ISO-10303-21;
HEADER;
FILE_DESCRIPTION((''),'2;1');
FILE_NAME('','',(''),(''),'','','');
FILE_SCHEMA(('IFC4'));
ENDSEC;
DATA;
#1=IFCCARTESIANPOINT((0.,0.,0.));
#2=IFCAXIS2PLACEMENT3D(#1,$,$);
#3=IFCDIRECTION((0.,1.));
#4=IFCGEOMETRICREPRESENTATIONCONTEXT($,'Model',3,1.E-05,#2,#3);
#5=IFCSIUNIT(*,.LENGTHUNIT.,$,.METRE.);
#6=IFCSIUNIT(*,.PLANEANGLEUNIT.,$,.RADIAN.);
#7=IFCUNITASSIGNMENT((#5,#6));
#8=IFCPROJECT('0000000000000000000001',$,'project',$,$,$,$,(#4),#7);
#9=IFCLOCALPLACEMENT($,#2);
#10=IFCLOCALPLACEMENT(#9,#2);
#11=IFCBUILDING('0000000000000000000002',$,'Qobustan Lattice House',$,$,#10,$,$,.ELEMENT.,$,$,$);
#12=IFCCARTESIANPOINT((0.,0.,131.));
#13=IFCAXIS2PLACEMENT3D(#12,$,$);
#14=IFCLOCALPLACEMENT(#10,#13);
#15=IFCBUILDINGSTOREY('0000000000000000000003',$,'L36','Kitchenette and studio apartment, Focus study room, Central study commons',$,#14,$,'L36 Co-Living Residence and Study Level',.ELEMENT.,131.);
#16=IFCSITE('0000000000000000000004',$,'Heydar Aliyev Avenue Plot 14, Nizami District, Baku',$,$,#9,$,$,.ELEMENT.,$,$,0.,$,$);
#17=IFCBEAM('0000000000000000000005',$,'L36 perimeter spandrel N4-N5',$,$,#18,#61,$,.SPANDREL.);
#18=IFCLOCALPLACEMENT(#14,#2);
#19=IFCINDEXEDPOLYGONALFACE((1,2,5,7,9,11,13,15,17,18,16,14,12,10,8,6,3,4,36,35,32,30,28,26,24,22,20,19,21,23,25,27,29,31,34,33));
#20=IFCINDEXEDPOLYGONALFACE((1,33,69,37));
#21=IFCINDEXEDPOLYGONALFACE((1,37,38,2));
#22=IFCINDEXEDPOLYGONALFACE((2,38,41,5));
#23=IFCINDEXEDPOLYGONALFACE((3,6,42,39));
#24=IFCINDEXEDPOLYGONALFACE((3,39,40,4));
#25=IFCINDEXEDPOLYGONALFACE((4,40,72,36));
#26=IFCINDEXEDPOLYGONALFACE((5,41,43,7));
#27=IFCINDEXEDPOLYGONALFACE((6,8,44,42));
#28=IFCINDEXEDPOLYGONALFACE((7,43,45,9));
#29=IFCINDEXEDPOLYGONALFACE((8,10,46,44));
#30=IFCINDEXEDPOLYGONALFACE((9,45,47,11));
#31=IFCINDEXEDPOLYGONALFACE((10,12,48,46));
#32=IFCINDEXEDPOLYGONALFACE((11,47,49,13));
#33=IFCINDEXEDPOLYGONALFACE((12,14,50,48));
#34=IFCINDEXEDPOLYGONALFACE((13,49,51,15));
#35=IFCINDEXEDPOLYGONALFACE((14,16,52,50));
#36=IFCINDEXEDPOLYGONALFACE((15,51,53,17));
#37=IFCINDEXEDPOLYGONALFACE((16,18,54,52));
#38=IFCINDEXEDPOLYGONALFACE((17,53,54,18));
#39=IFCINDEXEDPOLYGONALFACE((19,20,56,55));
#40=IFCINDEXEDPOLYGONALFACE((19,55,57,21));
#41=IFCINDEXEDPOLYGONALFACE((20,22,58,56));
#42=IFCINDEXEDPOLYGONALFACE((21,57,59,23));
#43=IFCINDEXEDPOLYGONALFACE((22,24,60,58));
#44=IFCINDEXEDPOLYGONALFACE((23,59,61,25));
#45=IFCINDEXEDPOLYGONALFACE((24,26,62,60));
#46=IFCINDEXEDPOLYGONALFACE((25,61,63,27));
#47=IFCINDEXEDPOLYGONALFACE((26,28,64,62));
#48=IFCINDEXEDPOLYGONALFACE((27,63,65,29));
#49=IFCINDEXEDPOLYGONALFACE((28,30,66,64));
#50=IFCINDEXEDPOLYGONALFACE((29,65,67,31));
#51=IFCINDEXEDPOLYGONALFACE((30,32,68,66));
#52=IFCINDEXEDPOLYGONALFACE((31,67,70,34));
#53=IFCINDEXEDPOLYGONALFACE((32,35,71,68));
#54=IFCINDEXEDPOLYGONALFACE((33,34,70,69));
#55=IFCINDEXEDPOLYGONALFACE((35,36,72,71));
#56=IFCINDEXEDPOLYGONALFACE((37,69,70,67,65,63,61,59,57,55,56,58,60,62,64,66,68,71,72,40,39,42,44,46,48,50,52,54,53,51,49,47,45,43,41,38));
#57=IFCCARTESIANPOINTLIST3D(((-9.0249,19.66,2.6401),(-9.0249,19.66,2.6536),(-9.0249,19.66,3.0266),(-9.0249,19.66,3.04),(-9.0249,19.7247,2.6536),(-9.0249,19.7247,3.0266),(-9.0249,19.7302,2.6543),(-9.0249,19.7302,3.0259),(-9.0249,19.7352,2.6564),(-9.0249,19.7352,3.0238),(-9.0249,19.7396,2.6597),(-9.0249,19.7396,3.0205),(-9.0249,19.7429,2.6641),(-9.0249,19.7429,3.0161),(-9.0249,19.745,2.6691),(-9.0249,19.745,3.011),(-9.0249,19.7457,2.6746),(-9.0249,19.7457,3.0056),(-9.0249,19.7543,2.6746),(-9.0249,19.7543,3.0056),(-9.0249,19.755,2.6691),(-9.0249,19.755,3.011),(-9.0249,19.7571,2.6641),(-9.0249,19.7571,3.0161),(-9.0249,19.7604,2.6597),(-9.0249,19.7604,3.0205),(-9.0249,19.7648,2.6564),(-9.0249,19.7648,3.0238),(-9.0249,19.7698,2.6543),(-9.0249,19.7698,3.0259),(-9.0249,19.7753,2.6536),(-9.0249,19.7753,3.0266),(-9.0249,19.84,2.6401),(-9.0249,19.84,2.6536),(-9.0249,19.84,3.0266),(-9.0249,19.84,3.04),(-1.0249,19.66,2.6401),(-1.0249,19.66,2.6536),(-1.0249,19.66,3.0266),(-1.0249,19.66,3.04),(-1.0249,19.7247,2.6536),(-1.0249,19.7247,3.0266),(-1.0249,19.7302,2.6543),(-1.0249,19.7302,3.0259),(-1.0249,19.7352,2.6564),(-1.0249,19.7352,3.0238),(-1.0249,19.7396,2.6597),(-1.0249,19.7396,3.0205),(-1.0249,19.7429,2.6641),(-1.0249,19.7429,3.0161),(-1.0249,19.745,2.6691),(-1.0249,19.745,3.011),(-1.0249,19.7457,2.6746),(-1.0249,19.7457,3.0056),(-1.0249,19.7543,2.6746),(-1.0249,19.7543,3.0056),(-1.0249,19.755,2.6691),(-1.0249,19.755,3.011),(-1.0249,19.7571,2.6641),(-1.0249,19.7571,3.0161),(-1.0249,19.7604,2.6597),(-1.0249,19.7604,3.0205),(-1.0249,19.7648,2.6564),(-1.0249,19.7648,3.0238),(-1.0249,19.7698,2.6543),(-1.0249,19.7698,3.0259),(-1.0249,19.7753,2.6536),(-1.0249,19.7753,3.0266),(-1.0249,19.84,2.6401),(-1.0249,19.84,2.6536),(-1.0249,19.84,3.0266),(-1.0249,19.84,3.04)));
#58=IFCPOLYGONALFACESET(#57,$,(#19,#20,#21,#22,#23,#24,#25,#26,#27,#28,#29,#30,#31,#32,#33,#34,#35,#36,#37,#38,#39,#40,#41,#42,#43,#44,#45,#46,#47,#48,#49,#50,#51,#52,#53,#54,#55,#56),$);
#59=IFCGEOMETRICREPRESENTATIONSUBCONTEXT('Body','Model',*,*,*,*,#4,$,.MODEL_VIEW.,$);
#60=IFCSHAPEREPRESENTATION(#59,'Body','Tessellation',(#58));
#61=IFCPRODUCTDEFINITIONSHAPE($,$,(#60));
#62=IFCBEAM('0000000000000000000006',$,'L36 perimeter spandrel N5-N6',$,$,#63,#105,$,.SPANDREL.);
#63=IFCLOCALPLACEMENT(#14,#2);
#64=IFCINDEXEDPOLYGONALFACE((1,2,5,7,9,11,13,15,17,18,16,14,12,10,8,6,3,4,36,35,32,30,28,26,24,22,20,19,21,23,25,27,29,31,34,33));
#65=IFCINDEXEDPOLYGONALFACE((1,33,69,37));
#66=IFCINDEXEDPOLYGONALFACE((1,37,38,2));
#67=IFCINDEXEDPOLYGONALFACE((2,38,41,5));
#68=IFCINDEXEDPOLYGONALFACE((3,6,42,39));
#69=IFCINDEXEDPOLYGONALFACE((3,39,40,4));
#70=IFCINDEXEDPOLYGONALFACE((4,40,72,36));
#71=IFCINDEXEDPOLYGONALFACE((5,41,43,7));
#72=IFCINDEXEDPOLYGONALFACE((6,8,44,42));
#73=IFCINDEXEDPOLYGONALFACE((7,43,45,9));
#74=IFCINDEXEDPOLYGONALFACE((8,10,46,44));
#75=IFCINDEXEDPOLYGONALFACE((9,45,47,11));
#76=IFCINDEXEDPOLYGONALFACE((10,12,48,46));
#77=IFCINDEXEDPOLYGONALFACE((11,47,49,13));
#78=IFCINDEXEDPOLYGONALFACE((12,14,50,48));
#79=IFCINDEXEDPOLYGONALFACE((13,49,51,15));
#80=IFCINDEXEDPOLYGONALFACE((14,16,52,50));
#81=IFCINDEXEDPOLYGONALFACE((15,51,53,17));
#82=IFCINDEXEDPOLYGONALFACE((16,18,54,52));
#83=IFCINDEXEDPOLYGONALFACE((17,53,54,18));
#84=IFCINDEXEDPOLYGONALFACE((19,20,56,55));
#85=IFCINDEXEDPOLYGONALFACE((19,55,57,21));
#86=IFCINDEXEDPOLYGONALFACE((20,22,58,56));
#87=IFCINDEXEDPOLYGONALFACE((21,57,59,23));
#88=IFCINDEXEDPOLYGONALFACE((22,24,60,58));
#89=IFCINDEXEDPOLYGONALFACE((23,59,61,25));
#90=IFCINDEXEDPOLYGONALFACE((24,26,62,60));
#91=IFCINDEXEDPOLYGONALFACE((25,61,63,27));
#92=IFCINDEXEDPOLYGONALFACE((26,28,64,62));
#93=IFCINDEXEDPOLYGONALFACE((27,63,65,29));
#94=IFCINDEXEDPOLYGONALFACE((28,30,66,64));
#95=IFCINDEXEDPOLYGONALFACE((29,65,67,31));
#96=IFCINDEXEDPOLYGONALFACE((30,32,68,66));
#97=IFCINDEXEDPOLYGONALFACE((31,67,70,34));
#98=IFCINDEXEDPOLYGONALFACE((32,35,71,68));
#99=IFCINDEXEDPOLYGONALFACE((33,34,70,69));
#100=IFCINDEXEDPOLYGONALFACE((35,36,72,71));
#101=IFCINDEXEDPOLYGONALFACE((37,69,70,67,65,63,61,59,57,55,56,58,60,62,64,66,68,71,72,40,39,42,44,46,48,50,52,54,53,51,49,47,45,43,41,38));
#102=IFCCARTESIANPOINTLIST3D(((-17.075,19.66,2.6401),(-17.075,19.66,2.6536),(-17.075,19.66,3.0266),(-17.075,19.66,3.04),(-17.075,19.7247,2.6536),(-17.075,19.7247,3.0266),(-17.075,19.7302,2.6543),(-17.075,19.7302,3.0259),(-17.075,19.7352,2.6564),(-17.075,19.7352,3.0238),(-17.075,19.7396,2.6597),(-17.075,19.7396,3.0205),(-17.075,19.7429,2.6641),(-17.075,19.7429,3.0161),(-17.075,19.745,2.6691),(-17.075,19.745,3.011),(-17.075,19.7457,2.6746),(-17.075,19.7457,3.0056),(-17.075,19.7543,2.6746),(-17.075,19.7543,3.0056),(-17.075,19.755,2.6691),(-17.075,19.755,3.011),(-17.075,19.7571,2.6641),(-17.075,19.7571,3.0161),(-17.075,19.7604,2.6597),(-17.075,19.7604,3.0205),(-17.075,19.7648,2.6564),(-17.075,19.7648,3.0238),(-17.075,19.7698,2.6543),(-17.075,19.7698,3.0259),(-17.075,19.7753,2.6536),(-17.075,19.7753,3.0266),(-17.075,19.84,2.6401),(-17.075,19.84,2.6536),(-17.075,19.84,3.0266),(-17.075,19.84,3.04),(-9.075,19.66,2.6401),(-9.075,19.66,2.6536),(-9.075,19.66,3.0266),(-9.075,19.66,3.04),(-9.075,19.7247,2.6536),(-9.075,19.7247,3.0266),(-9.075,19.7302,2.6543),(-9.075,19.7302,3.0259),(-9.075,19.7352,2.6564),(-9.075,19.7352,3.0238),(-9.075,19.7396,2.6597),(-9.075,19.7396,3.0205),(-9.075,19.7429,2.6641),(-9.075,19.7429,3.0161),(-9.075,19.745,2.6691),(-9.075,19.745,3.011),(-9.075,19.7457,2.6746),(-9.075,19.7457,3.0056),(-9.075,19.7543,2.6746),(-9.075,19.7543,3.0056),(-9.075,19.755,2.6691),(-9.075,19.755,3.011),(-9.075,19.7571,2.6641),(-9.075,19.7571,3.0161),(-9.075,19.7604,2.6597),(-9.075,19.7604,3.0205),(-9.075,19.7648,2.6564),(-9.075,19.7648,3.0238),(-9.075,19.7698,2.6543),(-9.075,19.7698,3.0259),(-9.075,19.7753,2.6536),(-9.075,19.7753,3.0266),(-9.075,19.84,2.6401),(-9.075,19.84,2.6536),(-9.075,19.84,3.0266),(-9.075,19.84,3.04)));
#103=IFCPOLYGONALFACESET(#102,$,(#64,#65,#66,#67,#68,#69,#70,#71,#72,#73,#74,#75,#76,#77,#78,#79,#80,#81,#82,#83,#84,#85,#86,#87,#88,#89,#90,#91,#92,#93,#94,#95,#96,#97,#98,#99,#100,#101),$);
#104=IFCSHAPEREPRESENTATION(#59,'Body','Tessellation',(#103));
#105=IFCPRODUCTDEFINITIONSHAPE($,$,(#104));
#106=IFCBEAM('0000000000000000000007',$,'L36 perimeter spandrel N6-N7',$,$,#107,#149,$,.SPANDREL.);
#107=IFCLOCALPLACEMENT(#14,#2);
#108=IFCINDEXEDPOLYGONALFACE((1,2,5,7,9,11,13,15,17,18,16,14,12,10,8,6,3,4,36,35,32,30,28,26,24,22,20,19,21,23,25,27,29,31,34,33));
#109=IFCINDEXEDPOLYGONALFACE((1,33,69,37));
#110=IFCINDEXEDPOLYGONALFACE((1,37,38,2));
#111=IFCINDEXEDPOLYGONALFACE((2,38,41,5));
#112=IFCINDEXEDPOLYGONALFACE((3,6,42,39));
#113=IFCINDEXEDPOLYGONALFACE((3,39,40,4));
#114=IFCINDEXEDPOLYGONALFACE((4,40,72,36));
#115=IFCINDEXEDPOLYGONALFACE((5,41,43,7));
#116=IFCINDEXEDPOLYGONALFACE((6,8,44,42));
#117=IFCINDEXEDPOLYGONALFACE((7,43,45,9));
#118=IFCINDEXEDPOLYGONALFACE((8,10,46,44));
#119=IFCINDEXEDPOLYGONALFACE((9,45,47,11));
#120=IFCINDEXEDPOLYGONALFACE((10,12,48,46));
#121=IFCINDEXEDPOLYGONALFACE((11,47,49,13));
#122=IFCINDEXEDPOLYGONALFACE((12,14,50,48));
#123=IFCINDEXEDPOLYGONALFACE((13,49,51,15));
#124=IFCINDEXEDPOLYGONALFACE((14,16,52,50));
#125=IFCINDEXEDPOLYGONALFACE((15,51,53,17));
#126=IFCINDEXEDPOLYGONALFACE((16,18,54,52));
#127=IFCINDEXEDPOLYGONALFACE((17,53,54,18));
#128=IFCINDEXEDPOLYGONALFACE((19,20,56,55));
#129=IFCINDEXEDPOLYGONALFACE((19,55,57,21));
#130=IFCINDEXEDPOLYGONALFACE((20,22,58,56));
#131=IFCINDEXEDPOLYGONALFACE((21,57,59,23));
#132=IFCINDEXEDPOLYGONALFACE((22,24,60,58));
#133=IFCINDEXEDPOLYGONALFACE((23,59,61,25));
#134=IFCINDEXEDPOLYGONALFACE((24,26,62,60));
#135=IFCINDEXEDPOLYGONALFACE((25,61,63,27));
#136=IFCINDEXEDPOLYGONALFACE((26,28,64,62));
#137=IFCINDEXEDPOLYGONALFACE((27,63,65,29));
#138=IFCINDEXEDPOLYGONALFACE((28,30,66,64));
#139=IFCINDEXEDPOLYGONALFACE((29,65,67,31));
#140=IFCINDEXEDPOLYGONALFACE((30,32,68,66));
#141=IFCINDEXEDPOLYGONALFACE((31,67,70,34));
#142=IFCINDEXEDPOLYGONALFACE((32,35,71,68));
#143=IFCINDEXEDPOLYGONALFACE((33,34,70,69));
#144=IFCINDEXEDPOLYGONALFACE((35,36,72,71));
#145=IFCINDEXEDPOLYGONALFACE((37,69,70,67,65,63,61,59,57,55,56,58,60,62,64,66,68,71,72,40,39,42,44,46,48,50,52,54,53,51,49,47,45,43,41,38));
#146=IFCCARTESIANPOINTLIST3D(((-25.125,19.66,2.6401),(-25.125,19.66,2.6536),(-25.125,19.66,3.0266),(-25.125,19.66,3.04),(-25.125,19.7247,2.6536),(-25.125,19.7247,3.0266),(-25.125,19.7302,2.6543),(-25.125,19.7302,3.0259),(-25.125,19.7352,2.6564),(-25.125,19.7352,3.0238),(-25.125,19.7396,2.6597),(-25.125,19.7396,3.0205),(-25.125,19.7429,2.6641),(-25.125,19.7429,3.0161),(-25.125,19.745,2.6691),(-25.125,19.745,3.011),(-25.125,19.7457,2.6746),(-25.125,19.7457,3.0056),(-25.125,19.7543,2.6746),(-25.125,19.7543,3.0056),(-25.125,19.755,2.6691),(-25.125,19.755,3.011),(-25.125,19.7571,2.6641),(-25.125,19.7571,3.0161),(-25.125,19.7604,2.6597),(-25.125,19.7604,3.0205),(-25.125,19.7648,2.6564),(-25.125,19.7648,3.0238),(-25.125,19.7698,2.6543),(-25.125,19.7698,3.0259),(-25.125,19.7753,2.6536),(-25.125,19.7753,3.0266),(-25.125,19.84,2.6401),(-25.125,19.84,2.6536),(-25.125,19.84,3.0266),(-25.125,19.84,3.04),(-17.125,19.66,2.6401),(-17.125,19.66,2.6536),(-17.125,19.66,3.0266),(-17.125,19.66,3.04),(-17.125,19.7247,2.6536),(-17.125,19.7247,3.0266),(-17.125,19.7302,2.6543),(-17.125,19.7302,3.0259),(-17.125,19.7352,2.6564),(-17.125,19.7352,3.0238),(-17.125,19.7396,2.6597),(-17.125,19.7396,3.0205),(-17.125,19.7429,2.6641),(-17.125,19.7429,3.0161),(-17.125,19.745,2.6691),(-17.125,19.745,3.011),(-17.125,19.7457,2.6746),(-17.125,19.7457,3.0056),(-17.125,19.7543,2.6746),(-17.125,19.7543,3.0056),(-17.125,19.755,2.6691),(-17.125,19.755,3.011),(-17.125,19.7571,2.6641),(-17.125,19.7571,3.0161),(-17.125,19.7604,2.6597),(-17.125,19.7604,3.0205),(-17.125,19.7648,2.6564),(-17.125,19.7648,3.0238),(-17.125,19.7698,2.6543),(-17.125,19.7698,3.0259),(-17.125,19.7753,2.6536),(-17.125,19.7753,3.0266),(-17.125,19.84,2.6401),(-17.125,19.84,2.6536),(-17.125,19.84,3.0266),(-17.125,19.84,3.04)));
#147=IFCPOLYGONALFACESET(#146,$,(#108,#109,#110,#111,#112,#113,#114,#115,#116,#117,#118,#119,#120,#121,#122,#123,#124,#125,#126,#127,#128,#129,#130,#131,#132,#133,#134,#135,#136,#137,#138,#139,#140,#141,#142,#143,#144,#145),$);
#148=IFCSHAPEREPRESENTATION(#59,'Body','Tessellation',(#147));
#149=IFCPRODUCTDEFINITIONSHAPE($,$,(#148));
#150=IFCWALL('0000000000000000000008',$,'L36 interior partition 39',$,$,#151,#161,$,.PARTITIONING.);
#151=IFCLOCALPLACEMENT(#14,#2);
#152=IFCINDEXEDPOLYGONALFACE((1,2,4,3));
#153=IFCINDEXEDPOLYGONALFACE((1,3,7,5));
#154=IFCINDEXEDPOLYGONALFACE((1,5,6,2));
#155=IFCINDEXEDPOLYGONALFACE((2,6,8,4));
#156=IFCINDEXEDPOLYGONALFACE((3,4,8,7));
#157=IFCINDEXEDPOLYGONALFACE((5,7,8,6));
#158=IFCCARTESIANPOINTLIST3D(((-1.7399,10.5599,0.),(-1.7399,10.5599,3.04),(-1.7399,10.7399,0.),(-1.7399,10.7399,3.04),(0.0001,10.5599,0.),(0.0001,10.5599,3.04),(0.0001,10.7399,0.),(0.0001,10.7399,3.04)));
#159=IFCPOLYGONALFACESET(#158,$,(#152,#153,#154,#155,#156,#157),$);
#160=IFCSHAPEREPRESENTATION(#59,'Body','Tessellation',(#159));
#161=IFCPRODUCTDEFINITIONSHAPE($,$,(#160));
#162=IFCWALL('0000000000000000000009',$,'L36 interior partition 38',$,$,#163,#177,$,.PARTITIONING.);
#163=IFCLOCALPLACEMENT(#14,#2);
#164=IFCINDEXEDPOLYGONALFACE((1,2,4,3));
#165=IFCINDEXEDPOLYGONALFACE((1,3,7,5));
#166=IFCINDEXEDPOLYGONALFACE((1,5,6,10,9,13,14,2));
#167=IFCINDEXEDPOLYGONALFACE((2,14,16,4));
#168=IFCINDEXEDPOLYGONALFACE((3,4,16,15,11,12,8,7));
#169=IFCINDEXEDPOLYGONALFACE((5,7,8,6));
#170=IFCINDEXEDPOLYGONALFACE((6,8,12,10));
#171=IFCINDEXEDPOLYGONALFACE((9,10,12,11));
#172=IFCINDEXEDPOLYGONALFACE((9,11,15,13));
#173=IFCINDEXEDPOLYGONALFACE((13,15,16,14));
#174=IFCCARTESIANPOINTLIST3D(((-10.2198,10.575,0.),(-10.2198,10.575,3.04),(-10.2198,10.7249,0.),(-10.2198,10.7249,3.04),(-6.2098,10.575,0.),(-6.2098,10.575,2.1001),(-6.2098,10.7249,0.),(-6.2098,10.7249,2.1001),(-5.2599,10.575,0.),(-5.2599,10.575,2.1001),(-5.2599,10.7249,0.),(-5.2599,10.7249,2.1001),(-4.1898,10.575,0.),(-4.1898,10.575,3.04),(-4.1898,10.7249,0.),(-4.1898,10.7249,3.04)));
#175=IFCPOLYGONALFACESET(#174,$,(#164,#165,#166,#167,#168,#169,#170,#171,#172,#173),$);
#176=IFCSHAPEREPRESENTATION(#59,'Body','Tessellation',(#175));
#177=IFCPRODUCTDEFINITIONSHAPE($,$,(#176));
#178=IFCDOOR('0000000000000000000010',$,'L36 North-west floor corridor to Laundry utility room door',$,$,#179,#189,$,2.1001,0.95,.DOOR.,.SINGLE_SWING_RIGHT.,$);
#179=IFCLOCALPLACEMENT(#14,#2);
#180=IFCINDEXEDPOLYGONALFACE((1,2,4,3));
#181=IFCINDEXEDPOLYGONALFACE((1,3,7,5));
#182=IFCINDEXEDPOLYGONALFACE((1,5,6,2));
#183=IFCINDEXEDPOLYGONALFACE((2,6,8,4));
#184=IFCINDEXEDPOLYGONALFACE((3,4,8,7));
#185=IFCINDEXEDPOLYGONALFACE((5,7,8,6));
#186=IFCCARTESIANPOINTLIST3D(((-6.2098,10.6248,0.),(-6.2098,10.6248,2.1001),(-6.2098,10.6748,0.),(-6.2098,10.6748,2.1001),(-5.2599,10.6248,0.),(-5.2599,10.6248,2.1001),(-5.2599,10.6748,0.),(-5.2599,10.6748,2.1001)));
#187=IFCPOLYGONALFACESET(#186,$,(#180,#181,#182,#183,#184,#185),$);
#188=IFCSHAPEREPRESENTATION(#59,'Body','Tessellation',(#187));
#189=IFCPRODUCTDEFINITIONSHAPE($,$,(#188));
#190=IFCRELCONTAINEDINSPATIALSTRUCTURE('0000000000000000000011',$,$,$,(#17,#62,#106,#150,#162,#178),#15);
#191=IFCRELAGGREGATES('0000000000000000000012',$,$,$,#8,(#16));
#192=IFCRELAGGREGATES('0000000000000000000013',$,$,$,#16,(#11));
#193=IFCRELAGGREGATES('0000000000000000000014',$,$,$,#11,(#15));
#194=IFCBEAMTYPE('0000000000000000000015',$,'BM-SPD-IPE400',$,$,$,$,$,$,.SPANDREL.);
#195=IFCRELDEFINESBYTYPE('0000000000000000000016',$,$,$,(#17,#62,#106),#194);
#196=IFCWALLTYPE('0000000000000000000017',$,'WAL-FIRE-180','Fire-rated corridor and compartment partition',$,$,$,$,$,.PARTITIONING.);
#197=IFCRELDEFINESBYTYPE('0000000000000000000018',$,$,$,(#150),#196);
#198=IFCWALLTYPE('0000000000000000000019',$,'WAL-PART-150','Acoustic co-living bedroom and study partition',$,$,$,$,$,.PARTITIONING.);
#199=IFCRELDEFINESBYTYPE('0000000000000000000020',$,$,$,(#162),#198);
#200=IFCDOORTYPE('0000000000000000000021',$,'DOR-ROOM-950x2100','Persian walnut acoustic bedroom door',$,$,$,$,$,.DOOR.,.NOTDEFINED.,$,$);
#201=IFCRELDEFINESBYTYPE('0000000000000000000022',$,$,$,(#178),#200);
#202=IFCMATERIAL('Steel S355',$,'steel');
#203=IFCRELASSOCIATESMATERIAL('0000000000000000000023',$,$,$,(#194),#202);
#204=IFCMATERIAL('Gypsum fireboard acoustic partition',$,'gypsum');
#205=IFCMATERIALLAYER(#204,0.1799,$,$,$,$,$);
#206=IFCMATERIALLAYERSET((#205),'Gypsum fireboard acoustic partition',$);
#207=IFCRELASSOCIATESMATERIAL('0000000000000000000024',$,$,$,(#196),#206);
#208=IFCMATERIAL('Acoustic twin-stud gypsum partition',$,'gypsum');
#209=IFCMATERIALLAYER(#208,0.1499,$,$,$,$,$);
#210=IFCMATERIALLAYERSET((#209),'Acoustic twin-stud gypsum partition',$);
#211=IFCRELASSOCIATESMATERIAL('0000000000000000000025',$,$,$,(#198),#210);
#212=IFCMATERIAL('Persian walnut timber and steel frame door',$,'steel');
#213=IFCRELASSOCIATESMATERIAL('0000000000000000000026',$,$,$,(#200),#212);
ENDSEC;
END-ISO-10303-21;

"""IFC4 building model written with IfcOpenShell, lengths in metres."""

from ifc_helpers import new_model, si_unit, direction, frame, frame_2d, origin, origin_2d, place, context, subcontext, project, spatial, rectangle, i_section, extrude, material, layer, layer_set, material_profile, profile_set, type_object, element, fill, save


model = new_model("IFC4")

# Units and contexts
model_context = context("Model", 3, precision=1e-05, world=origin(), true_north=direction((0.0, 1.0)))
body_context = subcontext(model_context, "Body", "Model", "MODEL_VIEW")
ifc_project = project(units=[si_unit("LENGTHUNIT", "METRE"), si_unit("PLANEANGLEUNIT", "RADIAN")], contexts=[model_context])

# Site, building, storey
site_placement = place(None, origin())
site = spatial("IfcSite", under=ifc_project, at=site_placement, Name="Heydar Aliyev Avenue Plot 14, Nizami District, Baku", CompositionType="ELEMENT", RefElevation=0.0)
building_placement = place(site_placement, origin())
building = spatial("IfcBuilding", under=site, at=building_placement, Name="Qobustan Lattice House", CompositionType="ELEMENT")
storey_placement = place(building_placement, frame((0.0, 0.0, 131.0)))
storey = spatial("IfcBuildingStorey", under=building, at=storey_placement, Name="L36", Description="Kitchenette and studio apartment, Focus study room, Central study commons", LongName="L36 Co-Living Residence and Study Level", CompositionType="ELEMENT", Elevation=131.0)

# Beams
ifc_material_1 = material(Name="Steel S355", Category="steel")
ifc_material_profile_1 = material_profile(ifc_material_1, i_section(OverallWidth=0.1799, OverallDepth=0.3999, WebThickness=0.0085, FlangeThickness=0.0134, FilletRadius=0.021, at=origin_2d()), Name="IPE400")
ifc_profile_set_1 = profile_set([ifc_material_profile_1], Name="Steel S355")
beam_type_1 = type_object("IfcBeamType", Name="BM-SPD-IPE400", PredefinedType="SPANDREL", material=ifc_profile_set_1)
for number, where, z_axis, x_axis, name in (
    (1, (-1.0249, 19.75, 2.8401), (-1.0, 0.0, 0.0), (0.0, -1.0, 0.0), "L36 perimeter spandrel N4-N5"),
    (2, (-9.075, 19.75, 2.8401), (-1.0, 0.0, 0.0), (0.0, -1.0, 0.0), "L36 perimeter spandrel N5-N6"),
    (3, (-17.125, 19.75, 2.8401), (-1.0, 0.0, 0.0), (0.0, -1.0, 0.0), "L36 perimeter spandrel N6-N7"),
):
    element("IfcBeam", number, at=place(storey_placement, frame(where, z_axis=z_axis, x_axis=x_axis)), inside=storey, type_object=beam_type_1, Name=name, PredefinedType="SPANDREL", context=body_context, shape_type="SweptSolid", body=[
        extrude(i_section(OverallWidth=0.1799, OverallDepth=0.3999, WebThickness=0.0085, FlangeThickness=0.0134, FilletRadius=0.021, at=origin_2d()), origin(), (0.0, 0.0, 1.0), 8.0),
    ])

# Wall
ifc_material_2 = material(Name="Gypsum fireboard acoustic partition", Category="gypsum")
ifc_layer_1 = layer(ifc_material_2, 0.1799)
ifc_layer_set_1 = layer_set([ifc_layer_1], Name="Gypsum fireboard acoustic partition")
wall_type_1 = type_object("IfcWallType", Name="WAL-FIRE-180", Description="Fire-rated corridor and compartment partition", PredefinedType="PARTITIONING", material=ifc_layer_set_1)
wall_1_placement = place(storey_placement, frame((-1.74, 10.6499, 0.0), z_axis=(0.0, 0.0, 1.0), x_axis=(1.0, 0.0, 0.0)))
element("IfcWall", 4, at=wall_1_placement, inside=storey, type_object=wall_type_1, Name="L36 interior partition 39", PredefinedType="PARTITIONING", context=body_context, shape_type="SweptSolid", body=[
    extrude(rectangle(XDim=1.74, YDim=0.1799, at=frame_2d((0.8701, 0.0))), origin(), (0.0, 0.0, 1.0), 3.04),
])

# Wall, opening, door
ifc_material_3 = material(Name="Acoustic twin-stud gypsum partition", Category="gypsum")
ifc_layer_2 = layer(ifc_material_3, 0.1499)
ifc_layer_set_2 = layer_set([ifc_layer_2], Name="Acoustic twin-stud gypsum partition")
wall_type_2 = type_object("IfcWallType", Name="WAL-PART-150", Description="Acoustic co-living bedroom and study partition", PredefinedType="PARTITIONING", material=ifc_layer_set_2)
wall_2_placement = place(storey_placement, frame((-10.22, 10.6499, 0.0), z_axis=(0.0, 0.0, 1.0), x_axis=(1.0, 0.0, 0.0)))
wall_2 = element("IfcWall", 5, at=wall_2_placement, inside=storey, type_object=wall_type_2, Name="L36 interior partition 38", PredefinedType="PARTITIONING", context=body_context, shape_type="SweptSolid", body=[
    extrude(rectangle(XDim=6.03, YDim=0.1499, at=frame_2d((3.0151, 0.0))), origin(), (0.0, 0.0, 1.0), 3.04),
])
opening_1_placement = place(wall_2_placement, frame((4.01, 0.0, 0.0)))
opening_1 = element("IfcOpeningElement", 6, at=opening_1_placement, cuts=wall_2, PredefinedType="OPENING", context=body_context, shape_type="SweptSolid", body=[
    extrude(rectangle(XDim=0.95, YDim=2.1001, at=frame_2d((0.4751, 1.05))), frame((0.0, 0.085, 0.0), z_axis=(0.0, -1.0, 0.0), x_axis=(1.0, 0.0, 0.0)), (0.0, 0.0, 1.0), 0.1699),
])
ifc_material_4 = material(Name="Persian walnut timber and steel frame door", Category="steel")
door_type_1 = type_object("IfcDoorType", Name="DOR-ROOM-950x2100", Description="Persian walnut acoustic bedroom door", OperationType="NOTDEFINED", PredefinedType="DOOR", material=ifc_material_4)
door_1_placement = place(opening_1_placement, origin())
door_1 = element("IfcDoor", 7, at=door_1_placement, inside=storey, type_object=door_type_1, Name="L36 North-west floor corridor to Laundry utility room door", OperationType="SINGLE_SWING_RIGHT", OverallHeight=2.1001, OverallWidth=0.95, PredefinedType="DOOR", context=body_context, shape_type="SweptSolid", body=[
    extrude(rectangle(XDim=0.95, YDim=2.1001, at=frame_2d((0.4751, 1.05))), frame((0.0, 0.0249, 0.0), z_axis=(0.0, -1.0, 0.0), x_axis=(1.0, 0.0, 0.0)), (0.0, 0.0, 1.0), 0.05),
])
fill(opening_1, door_1)

save(model, "model.ifc")
